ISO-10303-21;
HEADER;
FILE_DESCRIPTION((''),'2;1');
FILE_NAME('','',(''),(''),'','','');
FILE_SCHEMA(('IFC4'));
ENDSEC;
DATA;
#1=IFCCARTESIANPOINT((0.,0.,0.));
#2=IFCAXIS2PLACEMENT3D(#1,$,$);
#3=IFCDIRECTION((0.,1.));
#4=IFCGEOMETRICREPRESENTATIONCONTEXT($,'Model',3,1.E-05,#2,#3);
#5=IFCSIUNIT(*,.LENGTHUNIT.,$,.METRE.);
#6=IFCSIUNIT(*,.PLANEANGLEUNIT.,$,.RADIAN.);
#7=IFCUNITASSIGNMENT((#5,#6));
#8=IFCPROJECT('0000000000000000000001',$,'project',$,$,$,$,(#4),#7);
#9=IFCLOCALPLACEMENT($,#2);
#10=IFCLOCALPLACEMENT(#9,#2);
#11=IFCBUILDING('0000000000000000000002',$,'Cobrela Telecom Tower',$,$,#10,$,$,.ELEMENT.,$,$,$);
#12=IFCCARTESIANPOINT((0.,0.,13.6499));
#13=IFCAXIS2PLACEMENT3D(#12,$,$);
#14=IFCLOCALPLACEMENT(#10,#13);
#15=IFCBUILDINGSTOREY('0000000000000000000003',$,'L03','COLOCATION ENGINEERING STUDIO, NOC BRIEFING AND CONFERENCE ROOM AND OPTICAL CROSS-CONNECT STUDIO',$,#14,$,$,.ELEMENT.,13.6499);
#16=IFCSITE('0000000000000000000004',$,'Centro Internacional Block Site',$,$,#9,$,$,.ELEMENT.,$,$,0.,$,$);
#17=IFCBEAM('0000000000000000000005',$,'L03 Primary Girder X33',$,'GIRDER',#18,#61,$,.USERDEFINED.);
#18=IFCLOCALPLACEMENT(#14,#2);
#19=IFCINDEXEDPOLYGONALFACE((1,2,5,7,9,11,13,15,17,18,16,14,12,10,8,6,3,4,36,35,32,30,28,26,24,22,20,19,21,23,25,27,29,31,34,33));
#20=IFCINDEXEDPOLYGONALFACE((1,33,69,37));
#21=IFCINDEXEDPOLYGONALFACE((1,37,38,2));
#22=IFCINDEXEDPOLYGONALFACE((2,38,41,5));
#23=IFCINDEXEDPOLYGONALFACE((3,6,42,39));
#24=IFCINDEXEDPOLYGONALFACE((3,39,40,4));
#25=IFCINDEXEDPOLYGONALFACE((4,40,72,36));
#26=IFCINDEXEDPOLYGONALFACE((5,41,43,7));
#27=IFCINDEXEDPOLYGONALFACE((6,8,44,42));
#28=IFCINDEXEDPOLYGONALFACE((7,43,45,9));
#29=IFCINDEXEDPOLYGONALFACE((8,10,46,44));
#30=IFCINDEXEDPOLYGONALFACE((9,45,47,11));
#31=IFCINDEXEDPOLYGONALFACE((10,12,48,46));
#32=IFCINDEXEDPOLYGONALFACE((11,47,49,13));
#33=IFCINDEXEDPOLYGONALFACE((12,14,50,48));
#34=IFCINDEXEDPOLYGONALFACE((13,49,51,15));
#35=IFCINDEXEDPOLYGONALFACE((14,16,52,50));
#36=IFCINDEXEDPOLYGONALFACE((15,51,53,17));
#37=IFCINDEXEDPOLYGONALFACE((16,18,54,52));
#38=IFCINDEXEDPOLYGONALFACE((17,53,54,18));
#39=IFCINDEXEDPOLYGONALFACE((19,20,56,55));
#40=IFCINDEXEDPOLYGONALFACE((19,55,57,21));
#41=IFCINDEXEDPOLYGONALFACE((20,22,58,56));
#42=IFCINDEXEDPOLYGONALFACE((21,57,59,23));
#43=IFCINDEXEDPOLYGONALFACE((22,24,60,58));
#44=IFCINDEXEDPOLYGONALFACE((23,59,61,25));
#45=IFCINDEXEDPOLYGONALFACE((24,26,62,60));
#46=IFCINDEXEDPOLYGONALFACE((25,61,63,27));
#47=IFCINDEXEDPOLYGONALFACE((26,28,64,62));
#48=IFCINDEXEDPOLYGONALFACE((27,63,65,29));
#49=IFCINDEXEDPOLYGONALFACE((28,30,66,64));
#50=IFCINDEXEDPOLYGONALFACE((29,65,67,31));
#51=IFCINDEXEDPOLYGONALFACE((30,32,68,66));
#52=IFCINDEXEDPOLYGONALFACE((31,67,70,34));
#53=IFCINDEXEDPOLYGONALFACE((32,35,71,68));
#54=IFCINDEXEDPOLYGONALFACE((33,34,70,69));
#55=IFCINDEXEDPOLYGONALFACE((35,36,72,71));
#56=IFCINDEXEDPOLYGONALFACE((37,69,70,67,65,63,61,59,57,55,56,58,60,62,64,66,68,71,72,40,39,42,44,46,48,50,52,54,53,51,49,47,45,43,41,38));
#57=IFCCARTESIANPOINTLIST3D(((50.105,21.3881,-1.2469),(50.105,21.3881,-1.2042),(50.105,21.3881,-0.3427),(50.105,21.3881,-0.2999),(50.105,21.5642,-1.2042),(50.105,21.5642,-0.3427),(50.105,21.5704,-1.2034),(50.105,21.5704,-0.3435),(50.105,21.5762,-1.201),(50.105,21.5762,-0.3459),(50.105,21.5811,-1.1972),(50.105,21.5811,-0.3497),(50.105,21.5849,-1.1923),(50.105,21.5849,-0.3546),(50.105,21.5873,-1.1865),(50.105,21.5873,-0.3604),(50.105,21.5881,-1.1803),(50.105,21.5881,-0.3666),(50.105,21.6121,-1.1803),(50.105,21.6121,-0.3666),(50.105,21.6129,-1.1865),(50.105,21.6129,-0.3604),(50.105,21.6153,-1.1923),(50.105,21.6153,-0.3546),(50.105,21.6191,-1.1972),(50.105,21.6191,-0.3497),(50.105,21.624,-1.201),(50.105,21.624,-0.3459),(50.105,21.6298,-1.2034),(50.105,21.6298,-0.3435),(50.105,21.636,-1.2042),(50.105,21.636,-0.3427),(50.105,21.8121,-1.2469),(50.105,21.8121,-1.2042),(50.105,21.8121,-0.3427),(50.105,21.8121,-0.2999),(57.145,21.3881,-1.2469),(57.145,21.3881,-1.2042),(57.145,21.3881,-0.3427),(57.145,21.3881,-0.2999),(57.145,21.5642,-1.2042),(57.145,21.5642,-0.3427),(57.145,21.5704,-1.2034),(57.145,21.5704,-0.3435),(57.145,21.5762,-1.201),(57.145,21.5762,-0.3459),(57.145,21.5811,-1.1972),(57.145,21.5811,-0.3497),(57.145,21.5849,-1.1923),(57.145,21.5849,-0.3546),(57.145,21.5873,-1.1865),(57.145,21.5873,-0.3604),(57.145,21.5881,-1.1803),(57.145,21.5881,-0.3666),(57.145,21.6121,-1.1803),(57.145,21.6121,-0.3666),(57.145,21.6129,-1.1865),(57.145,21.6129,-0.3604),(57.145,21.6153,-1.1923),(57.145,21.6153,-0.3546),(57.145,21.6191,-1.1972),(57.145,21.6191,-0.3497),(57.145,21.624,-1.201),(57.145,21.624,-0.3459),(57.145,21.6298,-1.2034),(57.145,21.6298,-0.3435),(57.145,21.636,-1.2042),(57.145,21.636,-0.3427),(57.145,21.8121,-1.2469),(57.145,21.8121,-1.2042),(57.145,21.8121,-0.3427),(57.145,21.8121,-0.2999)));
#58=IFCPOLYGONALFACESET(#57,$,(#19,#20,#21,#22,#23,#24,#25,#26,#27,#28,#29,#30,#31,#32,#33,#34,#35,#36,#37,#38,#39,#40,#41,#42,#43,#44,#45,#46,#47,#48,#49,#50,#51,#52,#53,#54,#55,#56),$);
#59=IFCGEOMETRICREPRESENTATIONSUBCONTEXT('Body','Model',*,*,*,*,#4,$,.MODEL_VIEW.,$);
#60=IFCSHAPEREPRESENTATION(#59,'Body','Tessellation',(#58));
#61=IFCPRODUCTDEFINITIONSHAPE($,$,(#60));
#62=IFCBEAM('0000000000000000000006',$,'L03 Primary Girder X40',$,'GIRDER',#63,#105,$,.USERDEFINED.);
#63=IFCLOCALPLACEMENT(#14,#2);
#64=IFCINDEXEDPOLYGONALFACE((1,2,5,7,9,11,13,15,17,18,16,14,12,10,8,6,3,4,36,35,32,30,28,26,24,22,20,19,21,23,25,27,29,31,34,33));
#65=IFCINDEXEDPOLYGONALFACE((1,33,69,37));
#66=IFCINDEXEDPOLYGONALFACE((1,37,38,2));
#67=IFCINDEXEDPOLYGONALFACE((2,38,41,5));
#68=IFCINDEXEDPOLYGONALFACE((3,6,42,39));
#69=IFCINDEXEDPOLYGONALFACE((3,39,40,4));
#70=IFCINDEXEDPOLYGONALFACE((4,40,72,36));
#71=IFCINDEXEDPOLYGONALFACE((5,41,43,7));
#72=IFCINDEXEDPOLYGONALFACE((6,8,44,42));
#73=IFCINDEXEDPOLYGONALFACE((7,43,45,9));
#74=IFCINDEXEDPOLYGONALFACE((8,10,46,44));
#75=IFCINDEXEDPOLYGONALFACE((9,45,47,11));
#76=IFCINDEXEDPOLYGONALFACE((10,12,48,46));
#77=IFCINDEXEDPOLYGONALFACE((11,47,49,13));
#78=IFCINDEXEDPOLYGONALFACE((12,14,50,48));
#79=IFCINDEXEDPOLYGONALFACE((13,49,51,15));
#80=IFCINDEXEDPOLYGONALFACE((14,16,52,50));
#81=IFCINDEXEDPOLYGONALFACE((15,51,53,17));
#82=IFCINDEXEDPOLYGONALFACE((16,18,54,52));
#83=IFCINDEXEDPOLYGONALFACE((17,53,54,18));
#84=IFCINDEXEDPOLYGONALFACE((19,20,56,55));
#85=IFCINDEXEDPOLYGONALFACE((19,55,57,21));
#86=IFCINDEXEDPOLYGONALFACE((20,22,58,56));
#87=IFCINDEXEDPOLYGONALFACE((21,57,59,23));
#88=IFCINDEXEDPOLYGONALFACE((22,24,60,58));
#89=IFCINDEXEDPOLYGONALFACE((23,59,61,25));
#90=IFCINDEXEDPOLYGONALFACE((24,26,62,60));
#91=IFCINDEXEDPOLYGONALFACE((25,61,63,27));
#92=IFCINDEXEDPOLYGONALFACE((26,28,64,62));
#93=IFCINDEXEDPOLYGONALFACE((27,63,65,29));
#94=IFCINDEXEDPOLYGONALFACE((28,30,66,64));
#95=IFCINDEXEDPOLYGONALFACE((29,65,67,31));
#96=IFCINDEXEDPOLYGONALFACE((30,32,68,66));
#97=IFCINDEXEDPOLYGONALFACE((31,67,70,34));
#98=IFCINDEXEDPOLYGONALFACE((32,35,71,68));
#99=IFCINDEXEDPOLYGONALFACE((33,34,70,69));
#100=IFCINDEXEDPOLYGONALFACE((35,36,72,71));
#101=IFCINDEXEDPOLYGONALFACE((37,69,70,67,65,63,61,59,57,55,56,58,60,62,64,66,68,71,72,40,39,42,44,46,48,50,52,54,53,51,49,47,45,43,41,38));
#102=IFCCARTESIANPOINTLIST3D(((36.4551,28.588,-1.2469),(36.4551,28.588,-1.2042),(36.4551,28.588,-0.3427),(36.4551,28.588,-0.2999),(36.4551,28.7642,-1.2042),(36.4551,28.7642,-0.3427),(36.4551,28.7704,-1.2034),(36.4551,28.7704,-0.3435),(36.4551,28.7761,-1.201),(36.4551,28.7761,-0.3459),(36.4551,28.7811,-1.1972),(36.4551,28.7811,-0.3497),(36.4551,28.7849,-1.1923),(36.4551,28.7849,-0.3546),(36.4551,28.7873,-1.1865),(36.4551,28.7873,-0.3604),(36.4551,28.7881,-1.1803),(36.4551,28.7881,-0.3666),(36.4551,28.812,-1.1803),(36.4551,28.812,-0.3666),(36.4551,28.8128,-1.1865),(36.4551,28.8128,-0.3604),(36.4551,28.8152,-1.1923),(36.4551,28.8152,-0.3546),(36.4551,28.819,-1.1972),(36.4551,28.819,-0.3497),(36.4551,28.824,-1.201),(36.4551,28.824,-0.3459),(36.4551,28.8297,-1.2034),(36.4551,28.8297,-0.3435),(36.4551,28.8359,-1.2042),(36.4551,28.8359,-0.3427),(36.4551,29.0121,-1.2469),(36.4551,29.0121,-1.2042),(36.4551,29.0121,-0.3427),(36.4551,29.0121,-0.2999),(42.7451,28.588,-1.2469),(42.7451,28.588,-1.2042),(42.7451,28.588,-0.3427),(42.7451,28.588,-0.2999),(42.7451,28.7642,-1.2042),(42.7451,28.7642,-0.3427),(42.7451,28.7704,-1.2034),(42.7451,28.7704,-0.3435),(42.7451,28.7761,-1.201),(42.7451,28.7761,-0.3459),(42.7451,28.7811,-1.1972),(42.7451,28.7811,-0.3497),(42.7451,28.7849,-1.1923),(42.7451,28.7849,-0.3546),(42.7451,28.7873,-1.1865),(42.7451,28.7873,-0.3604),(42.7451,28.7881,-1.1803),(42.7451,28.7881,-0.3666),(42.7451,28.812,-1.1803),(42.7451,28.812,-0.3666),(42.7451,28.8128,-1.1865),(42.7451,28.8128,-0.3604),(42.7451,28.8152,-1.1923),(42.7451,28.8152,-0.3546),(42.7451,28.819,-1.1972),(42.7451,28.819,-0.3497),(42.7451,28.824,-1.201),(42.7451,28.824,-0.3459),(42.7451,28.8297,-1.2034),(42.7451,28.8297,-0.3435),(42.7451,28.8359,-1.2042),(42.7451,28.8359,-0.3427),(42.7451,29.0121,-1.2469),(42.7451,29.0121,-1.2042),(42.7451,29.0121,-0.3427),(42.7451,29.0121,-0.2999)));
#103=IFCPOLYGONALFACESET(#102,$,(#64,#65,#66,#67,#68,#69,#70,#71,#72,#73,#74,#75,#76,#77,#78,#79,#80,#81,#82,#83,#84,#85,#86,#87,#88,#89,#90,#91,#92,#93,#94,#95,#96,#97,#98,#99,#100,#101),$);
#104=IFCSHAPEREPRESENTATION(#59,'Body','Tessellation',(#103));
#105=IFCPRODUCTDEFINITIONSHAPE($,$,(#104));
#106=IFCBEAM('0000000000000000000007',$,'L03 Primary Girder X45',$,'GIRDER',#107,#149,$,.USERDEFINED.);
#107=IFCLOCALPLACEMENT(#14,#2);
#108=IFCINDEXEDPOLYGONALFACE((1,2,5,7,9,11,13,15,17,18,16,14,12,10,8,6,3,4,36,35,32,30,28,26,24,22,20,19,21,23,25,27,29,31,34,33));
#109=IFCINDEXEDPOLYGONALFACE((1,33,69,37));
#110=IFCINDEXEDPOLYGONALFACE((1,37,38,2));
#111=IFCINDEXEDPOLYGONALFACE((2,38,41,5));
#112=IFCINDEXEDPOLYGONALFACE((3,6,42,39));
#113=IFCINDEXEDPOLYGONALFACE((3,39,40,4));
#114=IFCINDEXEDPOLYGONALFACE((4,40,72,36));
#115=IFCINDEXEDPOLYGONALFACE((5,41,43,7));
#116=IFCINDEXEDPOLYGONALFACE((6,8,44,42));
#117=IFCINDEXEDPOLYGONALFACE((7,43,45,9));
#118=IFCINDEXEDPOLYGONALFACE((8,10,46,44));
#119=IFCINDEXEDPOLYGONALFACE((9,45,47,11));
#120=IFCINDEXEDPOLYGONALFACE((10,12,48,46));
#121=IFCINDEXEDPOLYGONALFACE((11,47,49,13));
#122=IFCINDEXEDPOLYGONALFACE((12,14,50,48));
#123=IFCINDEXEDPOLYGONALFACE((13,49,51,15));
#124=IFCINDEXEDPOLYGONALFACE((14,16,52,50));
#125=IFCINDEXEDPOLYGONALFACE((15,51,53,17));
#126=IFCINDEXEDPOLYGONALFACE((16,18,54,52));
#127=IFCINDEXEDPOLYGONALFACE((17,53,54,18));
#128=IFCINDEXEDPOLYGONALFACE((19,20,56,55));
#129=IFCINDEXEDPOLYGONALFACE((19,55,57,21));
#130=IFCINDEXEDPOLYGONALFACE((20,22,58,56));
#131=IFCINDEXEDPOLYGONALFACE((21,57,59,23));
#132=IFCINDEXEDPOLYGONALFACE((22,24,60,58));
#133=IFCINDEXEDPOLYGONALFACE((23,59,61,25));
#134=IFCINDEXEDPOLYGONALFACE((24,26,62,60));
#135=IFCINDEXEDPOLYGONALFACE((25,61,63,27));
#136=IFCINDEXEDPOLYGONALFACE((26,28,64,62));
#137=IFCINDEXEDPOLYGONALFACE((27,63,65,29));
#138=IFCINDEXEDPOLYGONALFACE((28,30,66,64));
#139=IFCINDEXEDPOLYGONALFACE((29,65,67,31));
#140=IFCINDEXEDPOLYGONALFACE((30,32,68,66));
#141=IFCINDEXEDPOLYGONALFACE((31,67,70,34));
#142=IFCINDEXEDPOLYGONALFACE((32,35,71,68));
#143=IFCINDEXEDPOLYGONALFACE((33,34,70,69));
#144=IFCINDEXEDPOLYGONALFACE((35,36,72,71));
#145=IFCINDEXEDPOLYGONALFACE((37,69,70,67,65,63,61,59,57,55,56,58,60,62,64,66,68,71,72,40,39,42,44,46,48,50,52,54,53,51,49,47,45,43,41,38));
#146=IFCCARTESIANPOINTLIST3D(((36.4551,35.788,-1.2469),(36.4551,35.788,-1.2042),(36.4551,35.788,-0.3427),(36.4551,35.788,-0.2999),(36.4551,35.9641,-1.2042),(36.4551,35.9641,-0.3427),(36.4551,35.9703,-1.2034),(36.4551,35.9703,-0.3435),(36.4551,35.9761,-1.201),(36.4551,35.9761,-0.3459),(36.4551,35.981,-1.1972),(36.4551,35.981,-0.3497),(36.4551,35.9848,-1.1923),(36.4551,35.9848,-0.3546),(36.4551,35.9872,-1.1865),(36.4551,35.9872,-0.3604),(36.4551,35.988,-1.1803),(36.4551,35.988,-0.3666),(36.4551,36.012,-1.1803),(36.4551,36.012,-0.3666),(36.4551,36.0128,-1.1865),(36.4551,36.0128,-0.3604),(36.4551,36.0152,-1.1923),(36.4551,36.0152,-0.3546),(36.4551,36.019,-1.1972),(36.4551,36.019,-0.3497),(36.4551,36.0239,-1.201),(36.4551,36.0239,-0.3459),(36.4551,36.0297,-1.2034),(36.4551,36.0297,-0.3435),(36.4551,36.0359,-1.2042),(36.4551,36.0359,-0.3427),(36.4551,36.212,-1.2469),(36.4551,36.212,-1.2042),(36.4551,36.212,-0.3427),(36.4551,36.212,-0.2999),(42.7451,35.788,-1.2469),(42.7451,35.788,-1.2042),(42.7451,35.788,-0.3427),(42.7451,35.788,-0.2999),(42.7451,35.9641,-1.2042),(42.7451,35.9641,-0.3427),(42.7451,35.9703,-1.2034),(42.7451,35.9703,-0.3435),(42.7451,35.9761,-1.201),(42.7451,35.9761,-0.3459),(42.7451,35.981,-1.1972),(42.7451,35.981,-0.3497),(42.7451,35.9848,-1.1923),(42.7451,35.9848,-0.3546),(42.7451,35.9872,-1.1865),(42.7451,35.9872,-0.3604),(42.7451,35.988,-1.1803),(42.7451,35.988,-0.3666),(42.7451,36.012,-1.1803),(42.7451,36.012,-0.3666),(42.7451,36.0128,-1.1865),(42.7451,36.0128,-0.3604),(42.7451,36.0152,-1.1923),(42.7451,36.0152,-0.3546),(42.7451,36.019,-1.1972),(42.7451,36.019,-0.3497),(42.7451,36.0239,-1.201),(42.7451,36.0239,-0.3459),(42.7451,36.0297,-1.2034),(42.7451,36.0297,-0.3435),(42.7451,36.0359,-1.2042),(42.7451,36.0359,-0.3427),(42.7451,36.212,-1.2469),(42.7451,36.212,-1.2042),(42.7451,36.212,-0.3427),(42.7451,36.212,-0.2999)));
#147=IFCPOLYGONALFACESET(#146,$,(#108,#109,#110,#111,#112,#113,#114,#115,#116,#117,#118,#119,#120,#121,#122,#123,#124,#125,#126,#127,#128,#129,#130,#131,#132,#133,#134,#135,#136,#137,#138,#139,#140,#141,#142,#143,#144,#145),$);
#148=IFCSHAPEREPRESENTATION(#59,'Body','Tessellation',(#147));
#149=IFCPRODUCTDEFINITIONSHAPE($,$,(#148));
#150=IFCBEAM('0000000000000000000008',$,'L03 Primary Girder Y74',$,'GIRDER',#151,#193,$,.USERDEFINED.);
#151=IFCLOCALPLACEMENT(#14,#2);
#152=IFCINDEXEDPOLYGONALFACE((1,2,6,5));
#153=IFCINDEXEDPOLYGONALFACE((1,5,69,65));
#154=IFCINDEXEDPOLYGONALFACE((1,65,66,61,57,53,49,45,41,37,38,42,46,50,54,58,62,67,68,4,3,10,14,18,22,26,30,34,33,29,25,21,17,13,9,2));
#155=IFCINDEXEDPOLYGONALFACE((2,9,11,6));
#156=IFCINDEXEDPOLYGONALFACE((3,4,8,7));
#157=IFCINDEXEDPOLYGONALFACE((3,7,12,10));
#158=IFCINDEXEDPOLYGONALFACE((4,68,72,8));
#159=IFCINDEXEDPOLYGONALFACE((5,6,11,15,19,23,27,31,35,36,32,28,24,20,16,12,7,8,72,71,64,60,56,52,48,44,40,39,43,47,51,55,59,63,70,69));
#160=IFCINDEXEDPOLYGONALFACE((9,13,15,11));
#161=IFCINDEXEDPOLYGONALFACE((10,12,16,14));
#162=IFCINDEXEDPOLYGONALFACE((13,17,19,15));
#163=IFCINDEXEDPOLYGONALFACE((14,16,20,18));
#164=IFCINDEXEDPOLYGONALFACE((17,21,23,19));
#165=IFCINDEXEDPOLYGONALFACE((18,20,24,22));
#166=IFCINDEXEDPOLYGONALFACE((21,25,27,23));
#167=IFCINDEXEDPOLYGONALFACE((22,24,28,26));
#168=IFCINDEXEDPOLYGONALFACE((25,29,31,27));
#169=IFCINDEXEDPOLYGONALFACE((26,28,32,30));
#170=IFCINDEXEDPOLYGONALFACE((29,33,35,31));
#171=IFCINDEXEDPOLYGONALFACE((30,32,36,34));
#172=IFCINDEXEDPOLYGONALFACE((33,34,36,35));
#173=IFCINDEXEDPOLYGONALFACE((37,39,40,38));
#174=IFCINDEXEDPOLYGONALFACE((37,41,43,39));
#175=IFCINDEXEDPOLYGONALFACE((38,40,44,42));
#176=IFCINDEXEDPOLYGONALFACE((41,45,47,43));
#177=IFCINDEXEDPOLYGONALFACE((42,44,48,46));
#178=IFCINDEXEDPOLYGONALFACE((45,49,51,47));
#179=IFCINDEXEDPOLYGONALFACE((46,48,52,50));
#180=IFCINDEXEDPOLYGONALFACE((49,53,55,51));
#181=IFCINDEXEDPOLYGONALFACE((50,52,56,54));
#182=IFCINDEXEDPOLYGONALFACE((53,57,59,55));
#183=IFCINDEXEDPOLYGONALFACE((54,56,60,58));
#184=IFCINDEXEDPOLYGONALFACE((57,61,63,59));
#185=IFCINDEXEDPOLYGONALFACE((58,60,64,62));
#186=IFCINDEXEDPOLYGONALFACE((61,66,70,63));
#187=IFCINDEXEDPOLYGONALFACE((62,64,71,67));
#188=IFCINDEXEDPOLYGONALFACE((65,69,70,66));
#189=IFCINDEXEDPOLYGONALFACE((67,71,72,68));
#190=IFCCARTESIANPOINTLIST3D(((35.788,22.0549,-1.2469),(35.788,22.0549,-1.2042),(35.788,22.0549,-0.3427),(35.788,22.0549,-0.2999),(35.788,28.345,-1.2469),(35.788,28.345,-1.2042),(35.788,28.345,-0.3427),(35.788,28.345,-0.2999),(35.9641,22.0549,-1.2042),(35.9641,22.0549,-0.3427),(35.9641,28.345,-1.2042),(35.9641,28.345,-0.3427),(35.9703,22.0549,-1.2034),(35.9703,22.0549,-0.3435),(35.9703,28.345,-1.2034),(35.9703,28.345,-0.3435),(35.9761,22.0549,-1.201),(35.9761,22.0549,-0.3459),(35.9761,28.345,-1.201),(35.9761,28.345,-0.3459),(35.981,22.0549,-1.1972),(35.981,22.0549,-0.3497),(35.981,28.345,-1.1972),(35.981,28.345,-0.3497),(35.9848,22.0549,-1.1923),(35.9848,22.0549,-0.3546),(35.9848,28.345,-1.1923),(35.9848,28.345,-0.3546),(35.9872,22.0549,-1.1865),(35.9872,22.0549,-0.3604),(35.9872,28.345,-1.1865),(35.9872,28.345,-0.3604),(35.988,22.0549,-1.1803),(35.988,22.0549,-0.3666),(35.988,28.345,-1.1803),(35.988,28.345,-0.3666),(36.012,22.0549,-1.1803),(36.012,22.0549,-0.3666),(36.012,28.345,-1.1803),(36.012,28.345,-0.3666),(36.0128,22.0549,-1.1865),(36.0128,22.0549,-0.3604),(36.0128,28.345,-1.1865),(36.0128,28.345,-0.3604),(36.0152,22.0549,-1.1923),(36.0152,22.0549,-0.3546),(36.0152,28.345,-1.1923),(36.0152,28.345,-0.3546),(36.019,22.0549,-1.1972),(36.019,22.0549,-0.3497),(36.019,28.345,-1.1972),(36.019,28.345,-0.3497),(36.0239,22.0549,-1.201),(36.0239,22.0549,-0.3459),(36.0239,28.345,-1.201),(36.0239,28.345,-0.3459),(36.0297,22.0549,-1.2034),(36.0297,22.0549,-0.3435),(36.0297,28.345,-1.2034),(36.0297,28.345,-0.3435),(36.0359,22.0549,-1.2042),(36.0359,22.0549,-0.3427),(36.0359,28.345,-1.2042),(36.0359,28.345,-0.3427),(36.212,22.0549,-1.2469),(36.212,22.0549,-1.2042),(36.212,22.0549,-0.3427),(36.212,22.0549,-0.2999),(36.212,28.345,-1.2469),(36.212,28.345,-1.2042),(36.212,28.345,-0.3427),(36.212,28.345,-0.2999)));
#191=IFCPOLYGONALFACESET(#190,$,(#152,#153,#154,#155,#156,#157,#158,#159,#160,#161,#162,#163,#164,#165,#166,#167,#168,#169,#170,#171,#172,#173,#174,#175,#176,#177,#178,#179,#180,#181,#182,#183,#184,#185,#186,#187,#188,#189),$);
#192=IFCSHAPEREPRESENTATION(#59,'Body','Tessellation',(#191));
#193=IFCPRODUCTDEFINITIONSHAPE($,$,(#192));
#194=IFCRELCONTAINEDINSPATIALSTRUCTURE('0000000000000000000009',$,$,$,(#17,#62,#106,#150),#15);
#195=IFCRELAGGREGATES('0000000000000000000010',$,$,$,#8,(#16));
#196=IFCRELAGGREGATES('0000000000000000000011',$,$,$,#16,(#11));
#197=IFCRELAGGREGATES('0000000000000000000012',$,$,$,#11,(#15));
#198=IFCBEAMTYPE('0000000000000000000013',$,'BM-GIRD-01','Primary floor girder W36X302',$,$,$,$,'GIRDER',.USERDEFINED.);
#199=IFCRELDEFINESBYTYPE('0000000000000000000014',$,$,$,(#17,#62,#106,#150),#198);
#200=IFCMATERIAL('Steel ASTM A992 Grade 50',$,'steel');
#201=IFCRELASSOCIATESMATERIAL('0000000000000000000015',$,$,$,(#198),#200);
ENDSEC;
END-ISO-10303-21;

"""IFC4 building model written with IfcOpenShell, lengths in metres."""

from ifc_helpers import new_model, si_unit, direction, frame, origin, origin_2d, place, context, subcontext, project, spatial, i_section, extrude, material, material_profile, profile_set, type_object, element, save


model = new_model("IFC4")

# Units and contexts
model_context = context("Model", 3, precision=1e-05, world=origin(), true_north=direction((0.0, 1.0)))
body_context = subcontext(model_context, "Body", "Model", "MODEL_VIEW")
ifc_project = project(units=[si_unit("LENGTHUNIT", "METRE"), si_unit("PLANEANGLEUNIT", "RADIAN")], contexts=[model_context])

# Site, building, storey
site_placement = place(None, origin())
site = spatial("IfcSite", under=ifc_project, at=site_placement, Name="Centro Internacional Block Site", CompositionType="ELEMENT", RefElevation=0.0)
building_placement = place(site_placement, origin())
building = spatial("IfcBuilding", under=site, at=building_placement, Name="Cobrela Telecom Tower", CompositionType="ELEMENT")
storey_placement = place(building_placement, frame((0.0, 0.0, 13.6499)))
storey = spatial("IfcBuildingStorey", under=building, at=storey_placement, Name="L03", Description="COLOCATION ENGINEERING STUDIO, NOC BRIEFING AND CONFERENCE ROOM AND OPTICAL CROSS-CONNECT STUDIO", CompositionType="ELEMENT", Elevation=13.6499)

# Beams
ifc_material_1 = material(Name="Steel ASTM A992 Grade 50", Category="steel")
ifc_material_profile_1 = material_profile(ifc_material_1, i_section(OverallWidth=0.4241, OverallDepth=0.947, WebThickness=0.0239, FlangeThickness=0.0427, FilletRadius=0.0239, at=origin_2d()), Name="W36X302")
ifc_profile_set_1 = profile_set([ifc_material_profile_1], Name="Steel ASTM A992 Grade 50")
beam_type_1 = type_object("IfcBeamType", Name="BM-GIRD-01", Description="Primary floor girder W36X302", ElementType="GIRDER", PredefinedType="USERDEFINED", material=ifc_profile_set_1)
beam_1_placement = place(storey_placement, frame((50.105, 21.6001, -0.7734), z_axis=(1.0, 0.0, 0.0), x_axis=(0.0, 1.0, 0.0)))
element("IfcBeam", 1, at=beam_1_placement, inside=storey, type_object=beam_type_1, Name="L03 Primary Girder X33", ObjectType="GIRDER", PredefinedType="USERDEFINED", context=body_context, shape_type="SweptSolid", body=[
    extrude(i_section(OverallWidth=0.4241, OverallDepth=0.947, WebThickness=0.0239, FlangeThickness=0.0427, FilletRadius=0.0239, at=origin_2d()), origin(), (0.0, 0.0, 1.0), 7.04),
])
for number, where, z_axis, x_axis, name in (
    (2, (36.4551, 28.8, -0.7734), (1.0, 0.0, 0.0), (0.0, 1.0, 0.0), "L03 Primary Girder X40"),
    (3, (36.4551, 36.0, -0.7734), (1.0, 0.0, 0.0), (0.0, 1.0, 0.0), "L03 Primary Girder X45"),
    (4, (36.0, 22.0549, -0.7734), (0.0, 1.0, 0.0), (-1.0, 0.0, 0.0), "L03 Primary Girder Y74"),
):
    element("IfcBeam", number, at=place(storey_placement, frame(where, z_axis=z_axis, x_axis=x_axis)), inside=storey, type_object=beam_type_1, Name=name, ObjectType="GIRDER", PredefinedType="USERDEFINED", context=body_context, shape_type="SweptSolid", body=[
        extrude(i_section(OverallWidth=0.4241, OverallDepth=0.947, WebThickness=0.0239, FlangeThickness=0.0427, FilletRadius=0.0239, at=origin_2d()), origin(), (0.0, 0.0, 1.0), 6.29),
    ])

save(model, "model.ifc")
